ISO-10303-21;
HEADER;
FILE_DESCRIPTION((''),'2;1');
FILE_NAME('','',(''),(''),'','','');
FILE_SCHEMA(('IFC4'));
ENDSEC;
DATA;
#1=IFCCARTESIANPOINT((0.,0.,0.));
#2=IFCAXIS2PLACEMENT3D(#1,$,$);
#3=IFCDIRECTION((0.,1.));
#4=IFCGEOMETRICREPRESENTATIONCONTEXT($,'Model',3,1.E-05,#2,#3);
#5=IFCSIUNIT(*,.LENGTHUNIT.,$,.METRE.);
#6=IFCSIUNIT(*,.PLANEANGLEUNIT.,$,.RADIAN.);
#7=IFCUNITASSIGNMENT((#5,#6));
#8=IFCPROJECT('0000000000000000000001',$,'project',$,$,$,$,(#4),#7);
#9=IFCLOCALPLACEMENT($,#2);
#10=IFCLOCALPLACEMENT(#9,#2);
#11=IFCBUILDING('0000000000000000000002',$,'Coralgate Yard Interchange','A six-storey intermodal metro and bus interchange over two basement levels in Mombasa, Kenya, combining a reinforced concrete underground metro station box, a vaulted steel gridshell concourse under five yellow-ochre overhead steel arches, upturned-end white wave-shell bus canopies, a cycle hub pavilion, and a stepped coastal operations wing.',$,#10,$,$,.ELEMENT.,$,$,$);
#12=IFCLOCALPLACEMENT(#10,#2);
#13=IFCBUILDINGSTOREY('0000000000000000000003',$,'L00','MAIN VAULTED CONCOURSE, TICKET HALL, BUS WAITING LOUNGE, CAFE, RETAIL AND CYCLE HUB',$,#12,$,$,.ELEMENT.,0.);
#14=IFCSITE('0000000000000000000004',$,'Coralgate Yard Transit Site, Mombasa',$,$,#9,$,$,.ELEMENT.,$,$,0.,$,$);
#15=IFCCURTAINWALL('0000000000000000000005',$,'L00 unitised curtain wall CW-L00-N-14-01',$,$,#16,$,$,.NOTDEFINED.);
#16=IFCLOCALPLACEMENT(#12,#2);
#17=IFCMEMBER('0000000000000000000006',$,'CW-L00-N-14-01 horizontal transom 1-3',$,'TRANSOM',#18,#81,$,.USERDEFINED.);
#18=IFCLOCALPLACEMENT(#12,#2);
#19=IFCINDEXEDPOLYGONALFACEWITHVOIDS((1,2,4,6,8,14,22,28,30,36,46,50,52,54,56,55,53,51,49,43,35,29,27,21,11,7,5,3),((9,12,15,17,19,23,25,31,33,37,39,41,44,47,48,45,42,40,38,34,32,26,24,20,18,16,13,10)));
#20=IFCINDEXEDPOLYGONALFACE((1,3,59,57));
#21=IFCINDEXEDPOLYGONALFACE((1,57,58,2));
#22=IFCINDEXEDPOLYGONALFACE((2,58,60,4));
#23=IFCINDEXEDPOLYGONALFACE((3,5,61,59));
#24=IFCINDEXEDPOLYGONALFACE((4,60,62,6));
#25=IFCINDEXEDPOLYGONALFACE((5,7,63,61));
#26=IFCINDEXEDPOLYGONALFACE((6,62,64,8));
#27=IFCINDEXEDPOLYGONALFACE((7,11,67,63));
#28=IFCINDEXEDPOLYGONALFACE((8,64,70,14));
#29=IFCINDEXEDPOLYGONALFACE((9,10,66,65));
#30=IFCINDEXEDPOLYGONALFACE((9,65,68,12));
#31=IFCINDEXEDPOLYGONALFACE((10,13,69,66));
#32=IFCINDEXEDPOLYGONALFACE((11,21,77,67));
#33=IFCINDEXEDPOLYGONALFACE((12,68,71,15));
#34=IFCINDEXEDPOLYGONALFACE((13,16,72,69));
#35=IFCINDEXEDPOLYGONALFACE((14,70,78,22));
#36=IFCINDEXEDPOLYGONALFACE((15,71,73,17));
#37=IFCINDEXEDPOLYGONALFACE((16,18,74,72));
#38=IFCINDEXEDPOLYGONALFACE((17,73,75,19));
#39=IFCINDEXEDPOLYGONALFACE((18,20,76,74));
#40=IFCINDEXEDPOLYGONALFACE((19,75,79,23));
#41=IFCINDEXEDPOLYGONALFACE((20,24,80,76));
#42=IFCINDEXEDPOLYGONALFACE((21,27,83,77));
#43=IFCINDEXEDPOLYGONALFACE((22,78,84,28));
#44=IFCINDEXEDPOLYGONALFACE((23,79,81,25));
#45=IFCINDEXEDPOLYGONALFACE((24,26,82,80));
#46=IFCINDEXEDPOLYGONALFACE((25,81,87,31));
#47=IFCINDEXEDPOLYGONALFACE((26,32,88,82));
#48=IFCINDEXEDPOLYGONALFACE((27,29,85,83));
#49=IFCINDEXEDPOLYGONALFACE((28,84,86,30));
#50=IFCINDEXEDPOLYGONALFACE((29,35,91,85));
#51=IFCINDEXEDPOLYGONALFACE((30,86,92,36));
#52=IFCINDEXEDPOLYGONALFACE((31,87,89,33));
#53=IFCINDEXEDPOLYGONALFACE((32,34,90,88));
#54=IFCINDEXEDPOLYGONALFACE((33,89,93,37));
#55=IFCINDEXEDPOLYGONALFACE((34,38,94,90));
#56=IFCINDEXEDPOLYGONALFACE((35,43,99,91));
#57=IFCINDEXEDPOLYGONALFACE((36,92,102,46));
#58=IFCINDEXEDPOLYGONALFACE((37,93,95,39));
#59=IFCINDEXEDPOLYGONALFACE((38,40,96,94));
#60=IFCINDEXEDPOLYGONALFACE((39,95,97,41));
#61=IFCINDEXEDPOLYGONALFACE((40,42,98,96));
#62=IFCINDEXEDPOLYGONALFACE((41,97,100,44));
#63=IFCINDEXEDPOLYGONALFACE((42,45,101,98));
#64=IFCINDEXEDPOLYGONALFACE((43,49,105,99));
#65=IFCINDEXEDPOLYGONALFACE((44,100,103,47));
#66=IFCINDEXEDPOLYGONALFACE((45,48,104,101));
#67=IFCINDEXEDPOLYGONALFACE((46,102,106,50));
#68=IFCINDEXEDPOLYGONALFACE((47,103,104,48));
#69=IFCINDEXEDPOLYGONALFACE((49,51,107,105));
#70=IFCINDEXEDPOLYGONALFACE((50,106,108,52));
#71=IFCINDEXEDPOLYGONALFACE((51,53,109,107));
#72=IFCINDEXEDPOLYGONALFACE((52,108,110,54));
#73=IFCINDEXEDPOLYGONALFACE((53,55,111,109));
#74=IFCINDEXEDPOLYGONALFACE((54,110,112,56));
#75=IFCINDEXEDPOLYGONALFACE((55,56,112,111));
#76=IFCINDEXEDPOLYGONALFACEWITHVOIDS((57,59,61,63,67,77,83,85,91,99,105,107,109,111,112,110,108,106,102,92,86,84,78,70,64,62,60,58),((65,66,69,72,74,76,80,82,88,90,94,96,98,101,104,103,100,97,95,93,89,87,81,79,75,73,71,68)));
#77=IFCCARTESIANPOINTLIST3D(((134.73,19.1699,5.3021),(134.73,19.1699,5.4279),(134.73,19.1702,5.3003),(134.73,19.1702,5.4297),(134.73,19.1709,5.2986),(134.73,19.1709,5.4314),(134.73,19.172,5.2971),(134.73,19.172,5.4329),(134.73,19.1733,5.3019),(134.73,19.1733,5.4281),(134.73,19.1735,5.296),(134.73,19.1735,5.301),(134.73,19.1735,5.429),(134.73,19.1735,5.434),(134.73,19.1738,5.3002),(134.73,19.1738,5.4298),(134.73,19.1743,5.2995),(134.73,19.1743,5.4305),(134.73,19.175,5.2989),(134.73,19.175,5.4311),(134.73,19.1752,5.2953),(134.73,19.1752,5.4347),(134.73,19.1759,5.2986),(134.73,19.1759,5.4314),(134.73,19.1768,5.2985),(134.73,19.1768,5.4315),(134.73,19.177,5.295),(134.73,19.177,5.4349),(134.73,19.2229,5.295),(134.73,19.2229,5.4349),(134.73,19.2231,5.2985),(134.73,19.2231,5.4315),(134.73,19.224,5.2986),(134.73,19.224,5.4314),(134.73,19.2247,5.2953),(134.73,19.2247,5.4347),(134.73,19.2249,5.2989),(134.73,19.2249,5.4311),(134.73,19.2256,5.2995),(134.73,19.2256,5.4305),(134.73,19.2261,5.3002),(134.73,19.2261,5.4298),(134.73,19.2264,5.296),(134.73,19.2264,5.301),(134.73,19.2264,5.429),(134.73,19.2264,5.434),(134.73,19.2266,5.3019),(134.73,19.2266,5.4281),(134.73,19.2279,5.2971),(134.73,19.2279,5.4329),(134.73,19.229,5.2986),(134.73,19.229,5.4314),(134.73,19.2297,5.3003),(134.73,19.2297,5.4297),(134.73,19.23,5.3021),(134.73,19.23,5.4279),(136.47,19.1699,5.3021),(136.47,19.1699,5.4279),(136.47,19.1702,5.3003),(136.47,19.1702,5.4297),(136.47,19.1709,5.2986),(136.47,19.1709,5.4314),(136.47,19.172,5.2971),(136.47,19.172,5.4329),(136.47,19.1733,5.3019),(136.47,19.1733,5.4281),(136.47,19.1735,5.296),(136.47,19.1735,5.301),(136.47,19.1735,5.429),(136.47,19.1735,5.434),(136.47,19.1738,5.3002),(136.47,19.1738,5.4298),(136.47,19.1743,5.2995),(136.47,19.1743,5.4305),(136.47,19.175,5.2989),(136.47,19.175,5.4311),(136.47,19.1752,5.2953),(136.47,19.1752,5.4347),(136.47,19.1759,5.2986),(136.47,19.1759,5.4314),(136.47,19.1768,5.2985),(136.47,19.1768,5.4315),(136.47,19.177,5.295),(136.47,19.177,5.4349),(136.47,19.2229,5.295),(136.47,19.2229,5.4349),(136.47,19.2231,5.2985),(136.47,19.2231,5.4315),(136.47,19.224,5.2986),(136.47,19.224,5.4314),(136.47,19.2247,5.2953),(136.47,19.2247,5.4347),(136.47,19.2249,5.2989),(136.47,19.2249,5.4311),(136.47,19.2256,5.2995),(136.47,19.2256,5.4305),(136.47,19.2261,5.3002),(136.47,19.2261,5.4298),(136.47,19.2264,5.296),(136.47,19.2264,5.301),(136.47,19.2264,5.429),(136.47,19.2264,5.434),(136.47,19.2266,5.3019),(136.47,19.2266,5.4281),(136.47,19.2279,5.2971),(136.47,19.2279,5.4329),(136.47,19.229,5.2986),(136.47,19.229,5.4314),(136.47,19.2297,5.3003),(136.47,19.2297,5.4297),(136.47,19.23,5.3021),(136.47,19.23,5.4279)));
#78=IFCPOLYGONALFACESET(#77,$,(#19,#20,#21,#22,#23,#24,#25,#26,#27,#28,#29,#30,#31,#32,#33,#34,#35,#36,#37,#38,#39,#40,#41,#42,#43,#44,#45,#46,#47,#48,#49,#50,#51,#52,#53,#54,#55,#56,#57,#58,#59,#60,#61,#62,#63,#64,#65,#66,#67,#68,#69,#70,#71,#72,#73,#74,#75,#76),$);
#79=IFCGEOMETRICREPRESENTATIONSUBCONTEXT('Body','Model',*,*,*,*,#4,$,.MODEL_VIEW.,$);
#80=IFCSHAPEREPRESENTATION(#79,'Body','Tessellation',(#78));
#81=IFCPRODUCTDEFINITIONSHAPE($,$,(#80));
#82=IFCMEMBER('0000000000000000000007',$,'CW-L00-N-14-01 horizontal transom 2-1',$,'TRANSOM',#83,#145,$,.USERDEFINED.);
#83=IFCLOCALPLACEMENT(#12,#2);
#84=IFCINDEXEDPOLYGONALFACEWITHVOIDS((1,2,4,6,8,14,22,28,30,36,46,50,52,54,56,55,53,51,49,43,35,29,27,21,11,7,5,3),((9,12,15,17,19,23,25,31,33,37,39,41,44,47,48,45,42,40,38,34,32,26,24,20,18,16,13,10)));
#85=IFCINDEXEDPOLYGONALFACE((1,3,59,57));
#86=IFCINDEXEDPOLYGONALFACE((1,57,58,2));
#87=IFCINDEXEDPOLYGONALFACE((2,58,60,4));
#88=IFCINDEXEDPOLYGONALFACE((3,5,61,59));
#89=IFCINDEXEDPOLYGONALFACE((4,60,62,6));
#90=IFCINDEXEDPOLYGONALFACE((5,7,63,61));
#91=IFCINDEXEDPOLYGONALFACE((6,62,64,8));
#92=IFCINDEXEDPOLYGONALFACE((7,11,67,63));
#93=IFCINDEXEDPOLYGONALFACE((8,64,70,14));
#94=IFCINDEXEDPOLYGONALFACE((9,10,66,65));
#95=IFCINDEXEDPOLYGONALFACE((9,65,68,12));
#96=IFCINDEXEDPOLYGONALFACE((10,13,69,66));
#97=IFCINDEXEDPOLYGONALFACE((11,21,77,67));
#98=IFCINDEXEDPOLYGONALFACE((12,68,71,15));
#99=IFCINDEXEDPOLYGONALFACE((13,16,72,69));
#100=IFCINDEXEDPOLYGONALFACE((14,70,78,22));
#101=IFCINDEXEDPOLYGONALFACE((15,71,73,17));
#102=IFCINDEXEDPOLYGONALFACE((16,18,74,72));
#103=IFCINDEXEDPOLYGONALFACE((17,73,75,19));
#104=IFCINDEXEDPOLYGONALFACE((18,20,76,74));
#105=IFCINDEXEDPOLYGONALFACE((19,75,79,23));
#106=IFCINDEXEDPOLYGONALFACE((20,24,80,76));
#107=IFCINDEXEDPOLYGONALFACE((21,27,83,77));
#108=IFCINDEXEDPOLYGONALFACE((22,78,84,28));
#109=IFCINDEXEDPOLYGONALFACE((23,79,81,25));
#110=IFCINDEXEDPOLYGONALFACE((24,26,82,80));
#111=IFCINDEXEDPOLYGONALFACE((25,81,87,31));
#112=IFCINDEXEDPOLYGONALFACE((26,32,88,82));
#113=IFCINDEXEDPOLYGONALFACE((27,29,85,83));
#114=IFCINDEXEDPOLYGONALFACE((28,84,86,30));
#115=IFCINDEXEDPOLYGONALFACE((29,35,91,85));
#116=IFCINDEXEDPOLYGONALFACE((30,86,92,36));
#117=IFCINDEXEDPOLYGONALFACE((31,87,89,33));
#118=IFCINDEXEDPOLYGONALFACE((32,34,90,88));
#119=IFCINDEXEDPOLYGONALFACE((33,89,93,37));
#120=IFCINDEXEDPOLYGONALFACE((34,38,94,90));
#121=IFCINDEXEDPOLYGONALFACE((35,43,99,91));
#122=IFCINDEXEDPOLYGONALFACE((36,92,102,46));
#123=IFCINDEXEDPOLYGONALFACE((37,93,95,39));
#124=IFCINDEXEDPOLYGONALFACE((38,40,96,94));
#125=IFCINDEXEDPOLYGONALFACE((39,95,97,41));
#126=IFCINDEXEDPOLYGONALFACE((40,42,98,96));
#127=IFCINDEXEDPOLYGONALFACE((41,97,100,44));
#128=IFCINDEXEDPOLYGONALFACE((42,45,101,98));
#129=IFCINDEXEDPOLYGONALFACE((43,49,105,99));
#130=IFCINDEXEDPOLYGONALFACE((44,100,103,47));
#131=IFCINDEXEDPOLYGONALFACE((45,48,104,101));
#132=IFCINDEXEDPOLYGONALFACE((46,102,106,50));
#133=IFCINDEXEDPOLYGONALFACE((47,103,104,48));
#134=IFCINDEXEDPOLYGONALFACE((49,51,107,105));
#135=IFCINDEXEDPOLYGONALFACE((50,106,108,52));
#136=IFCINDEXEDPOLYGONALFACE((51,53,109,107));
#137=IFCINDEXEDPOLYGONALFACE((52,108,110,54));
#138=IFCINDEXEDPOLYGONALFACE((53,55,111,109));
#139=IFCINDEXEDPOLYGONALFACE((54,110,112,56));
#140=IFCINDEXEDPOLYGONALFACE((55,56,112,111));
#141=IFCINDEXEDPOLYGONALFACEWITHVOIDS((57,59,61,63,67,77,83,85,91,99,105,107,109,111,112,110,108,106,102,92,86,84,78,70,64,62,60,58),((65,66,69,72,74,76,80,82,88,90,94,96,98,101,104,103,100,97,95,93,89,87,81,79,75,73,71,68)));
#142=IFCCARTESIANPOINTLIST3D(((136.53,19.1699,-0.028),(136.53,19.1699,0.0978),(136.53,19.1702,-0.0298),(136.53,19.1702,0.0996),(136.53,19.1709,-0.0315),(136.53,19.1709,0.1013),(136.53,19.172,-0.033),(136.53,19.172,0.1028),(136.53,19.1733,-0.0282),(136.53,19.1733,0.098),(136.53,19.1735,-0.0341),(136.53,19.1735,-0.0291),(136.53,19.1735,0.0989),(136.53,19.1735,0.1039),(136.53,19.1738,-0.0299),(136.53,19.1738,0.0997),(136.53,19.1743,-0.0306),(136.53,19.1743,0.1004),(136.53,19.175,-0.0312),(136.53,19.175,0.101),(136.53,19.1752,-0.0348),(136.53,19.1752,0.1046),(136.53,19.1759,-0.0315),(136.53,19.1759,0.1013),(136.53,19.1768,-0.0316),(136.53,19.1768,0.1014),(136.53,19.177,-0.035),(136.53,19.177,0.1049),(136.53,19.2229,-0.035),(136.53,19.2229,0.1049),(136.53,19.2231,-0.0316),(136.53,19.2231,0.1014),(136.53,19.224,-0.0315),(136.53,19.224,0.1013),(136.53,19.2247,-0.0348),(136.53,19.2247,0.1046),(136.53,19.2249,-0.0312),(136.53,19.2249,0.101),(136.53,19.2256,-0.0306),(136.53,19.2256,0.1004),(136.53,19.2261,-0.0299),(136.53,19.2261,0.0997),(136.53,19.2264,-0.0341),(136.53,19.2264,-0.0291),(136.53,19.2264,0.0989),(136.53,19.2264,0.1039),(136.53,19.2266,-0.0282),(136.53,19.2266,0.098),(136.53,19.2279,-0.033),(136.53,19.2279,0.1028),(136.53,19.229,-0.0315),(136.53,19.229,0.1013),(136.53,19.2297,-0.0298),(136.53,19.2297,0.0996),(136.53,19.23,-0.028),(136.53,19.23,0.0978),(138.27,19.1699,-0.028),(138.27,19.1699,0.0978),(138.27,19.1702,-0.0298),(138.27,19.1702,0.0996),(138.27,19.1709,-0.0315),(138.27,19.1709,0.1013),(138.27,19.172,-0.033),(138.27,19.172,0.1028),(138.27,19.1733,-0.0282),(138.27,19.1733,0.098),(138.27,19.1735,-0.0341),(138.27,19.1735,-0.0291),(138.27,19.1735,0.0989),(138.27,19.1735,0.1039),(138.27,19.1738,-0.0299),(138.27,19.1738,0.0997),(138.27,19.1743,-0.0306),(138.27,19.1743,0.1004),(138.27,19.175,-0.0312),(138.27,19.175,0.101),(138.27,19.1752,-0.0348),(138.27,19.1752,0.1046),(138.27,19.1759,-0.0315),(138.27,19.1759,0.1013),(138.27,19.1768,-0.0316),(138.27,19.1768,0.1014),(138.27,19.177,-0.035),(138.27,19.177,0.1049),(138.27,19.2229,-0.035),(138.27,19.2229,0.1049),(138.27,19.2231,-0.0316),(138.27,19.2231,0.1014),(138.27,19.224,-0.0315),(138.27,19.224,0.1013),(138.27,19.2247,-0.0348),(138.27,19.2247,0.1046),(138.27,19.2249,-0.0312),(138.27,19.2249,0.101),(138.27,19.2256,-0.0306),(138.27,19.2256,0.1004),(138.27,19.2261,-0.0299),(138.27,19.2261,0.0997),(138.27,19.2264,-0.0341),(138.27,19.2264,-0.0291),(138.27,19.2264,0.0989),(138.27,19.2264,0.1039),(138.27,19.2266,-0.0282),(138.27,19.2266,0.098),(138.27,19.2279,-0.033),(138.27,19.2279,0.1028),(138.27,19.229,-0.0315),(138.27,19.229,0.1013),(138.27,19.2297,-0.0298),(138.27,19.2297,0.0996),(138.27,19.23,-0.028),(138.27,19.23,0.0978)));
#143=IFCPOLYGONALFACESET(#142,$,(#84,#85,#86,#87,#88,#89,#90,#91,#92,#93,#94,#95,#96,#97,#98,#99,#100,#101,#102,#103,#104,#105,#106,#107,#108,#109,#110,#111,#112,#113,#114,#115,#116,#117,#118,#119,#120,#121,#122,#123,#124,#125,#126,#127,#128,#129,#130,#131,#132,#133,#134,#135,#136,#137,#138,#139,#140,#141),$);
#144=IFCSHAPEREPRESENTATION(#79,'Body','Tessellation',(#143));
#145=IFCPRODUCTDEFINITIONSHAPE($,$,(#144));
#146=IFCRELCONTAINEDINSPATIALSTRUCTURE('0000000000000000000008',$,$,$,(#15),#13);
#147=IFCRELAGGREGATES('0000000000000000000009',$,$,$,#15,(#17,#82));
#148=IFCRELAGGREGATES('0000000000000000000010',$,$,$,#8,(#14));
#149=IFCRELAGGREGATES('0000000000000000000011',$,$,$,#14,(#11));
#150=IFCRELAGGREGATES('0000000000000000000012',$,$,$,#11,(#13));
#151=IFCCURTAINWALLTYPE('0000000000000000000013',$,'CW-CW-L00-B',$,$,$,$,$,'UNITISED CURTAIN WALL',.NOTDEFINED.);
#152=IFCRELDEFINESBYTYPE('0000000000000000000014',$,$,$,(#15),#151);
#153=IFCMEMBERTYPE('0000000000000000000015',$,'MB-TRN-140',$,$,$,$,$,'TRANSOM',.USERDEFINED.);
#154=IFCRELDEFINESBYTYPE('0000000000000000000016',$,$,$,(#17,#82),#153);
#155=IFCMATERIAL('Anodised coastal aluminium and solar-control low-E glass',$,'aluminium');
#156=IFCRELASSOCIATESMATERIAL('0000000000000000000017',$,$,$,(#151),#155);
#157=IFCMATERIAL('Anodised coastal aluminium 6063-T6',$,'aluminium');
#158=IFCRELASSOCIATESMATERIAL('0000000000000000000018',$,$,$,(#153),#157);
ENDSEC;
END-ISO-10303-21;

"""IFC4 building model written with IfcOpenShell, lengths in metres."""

from ifc_helpers import new_model, si_unit, direction, frame, origin, origin_2d, place, context, subcontext, project, spatial, hollow_rectangle, extrude, material, material_profile, profile_set, type_object, element, aggregate, save


model = new_model("IFC4")

# Units and contexts
model_context = context("Model", 3, precision=1e-05, world=origin(), true_north=direction((0.0, 1.0)))
body_context = subcontext(model_context, "Body", "Model", "MODEL_VIEW")
ifc_project = project(units=[si_unit("LENGTHUNIT", "METRE"), si_unit("PLANEANGLEUNIT", "RADIAN")], contexts=[model_context])

# Site, building, storey
site_placement = place(None, origin())
site = spatial("IfcSite", under=ifc_project, at=site_placement, Name="Coralgate Yard Transit Site, Mombasa", CompositionType="ELEMENT", RefElevation=0.0)
building_placement = place(site_placement, origin())
building = spatial("IfcBuilding", under=site, at=building_placement, Name="Coralgate Yard Interchange", Description="A six-storey intermodal metro and bus interchange over two basement levels in Mombasa, Kenya, combining a reinforced concrete underground metro station box, a vaulted steel gridshell concourse under five yellow-ochre overhead steel arches, upturned-end white wave-shell bus canopies, a cycle hub pavilion, and a stepped coastal operations wing.", CompositionType="ELEMENT")
storey_placement = place(building_placement, origin())
storey = spatial("IfcBuildingStorey", under=building, at=storey_placement, Name="L00", Description="MAIN VAULTED CONCOURSE, TICKET HALL, BUS WAITING LOUNGE, CAFE, RETAIL AND CYCLE HUB", CompositionType="ELEMENT", Elevation=0.0)

# Shared definitions
ifc_material_1 = material(Name="Anodised coastal aluminium and solar-control low-E glass", Category="aluminium")
ifc_material_2 = material(Name="Anodised coastal aluminium 6063-T6", Category="aluminium")

# Curtain wall, members
curtain_wall_type_1 = type_object("IfcCurtainWallType", Name="CW-CW-L00-B", ElementType="UNITISED CURTAIN WALL", PredefinedType="NOTDEFINED", material=ifc_material_1)
curtain_wall_1_placement = place(storey_placement, origin())
curtain_wall_1 = element("IfcCurtainWall", 1, at=curtain_wall_1_placement, inside=storey, type_object=curtain_wall_type_1, Name="L00 unitised curtain wall CW-L00-N-14-01", PredefinedType="NOTDEFINED")
ifc_material_profile_1 = material_profile(ifc_material_2, hollow_rectangle(XDim=0.0601, YDim=0.1399, WallThickness=0.0034, InnerFilletRadius=0.0034, OuterFilletRadius=0.0071, at=origin_2d()), Name="ALU 60x140x3.5")
ifc_profile_set_1 = profile_set([ifc_material_profile_1], Name="Anodised coastal aluminium 6063-T6")
member_type_1 = type_object("IfcMemberType", Name="MB-TRN-140", ElementType="TRANSOM", PredefinedType="USERDEFINED", material=ifc_profile_set_1)
member_1_placement = place(storey_placement, frame((134.73, 19.2, 5.365), z_axis=(1.0, 0.0, 0.0), x_axis=(0.0, 1.0, 0.0)))
member_1 = element("IfcMember", 2, at=member_1_placement, type_object=member_type_1, Name="CW-L00-N-14-01 horizontal transom 1-3", ObjectType="TRANSOM", PredefinedType="USERDEFINED", context=body_context, shape_type="SweptSolid", body=[
    extrude(hollow_rectangle(XDim=0.0601, YDim=0.1399, WallThickness=0.0034, InnerFilletRadius=0.0034, OuterFilletRadius=0.0071, at=origin_2d()), origin(), (0.0, 0.0, 1.0), 1.74),
])
member_2_placement = place(storey_placement, frame((136.53, 19.2, 0.0349), z_axis=(1.0, 0.0, 0.0), x_axis=(0.0, 1.0, 0.0)))
member_2 = element("IfcMember", 3, at=member_2_placement, type_object=member_type_1, Name="CW-L00-N-14-01 horizontal transom 2-1", ObjectType="TRANSOM", PredefinedType="USERDEFINED", context=body_context, shape_type="SweptSolid", body=[
    extrude(hollow_rectangle(XDim=0.0601, YDim=0.1399, WallThickness=0.0034, InnerFilletRadius=0.0034, OuterFilletRadius=0.0071, at=origin_2d()), origin(), (0.0, 0.0, 1.0), 1.74),
])
aggregate(curtain_wall_1, [member_1, member_2])

save(model, "model.ifc")
